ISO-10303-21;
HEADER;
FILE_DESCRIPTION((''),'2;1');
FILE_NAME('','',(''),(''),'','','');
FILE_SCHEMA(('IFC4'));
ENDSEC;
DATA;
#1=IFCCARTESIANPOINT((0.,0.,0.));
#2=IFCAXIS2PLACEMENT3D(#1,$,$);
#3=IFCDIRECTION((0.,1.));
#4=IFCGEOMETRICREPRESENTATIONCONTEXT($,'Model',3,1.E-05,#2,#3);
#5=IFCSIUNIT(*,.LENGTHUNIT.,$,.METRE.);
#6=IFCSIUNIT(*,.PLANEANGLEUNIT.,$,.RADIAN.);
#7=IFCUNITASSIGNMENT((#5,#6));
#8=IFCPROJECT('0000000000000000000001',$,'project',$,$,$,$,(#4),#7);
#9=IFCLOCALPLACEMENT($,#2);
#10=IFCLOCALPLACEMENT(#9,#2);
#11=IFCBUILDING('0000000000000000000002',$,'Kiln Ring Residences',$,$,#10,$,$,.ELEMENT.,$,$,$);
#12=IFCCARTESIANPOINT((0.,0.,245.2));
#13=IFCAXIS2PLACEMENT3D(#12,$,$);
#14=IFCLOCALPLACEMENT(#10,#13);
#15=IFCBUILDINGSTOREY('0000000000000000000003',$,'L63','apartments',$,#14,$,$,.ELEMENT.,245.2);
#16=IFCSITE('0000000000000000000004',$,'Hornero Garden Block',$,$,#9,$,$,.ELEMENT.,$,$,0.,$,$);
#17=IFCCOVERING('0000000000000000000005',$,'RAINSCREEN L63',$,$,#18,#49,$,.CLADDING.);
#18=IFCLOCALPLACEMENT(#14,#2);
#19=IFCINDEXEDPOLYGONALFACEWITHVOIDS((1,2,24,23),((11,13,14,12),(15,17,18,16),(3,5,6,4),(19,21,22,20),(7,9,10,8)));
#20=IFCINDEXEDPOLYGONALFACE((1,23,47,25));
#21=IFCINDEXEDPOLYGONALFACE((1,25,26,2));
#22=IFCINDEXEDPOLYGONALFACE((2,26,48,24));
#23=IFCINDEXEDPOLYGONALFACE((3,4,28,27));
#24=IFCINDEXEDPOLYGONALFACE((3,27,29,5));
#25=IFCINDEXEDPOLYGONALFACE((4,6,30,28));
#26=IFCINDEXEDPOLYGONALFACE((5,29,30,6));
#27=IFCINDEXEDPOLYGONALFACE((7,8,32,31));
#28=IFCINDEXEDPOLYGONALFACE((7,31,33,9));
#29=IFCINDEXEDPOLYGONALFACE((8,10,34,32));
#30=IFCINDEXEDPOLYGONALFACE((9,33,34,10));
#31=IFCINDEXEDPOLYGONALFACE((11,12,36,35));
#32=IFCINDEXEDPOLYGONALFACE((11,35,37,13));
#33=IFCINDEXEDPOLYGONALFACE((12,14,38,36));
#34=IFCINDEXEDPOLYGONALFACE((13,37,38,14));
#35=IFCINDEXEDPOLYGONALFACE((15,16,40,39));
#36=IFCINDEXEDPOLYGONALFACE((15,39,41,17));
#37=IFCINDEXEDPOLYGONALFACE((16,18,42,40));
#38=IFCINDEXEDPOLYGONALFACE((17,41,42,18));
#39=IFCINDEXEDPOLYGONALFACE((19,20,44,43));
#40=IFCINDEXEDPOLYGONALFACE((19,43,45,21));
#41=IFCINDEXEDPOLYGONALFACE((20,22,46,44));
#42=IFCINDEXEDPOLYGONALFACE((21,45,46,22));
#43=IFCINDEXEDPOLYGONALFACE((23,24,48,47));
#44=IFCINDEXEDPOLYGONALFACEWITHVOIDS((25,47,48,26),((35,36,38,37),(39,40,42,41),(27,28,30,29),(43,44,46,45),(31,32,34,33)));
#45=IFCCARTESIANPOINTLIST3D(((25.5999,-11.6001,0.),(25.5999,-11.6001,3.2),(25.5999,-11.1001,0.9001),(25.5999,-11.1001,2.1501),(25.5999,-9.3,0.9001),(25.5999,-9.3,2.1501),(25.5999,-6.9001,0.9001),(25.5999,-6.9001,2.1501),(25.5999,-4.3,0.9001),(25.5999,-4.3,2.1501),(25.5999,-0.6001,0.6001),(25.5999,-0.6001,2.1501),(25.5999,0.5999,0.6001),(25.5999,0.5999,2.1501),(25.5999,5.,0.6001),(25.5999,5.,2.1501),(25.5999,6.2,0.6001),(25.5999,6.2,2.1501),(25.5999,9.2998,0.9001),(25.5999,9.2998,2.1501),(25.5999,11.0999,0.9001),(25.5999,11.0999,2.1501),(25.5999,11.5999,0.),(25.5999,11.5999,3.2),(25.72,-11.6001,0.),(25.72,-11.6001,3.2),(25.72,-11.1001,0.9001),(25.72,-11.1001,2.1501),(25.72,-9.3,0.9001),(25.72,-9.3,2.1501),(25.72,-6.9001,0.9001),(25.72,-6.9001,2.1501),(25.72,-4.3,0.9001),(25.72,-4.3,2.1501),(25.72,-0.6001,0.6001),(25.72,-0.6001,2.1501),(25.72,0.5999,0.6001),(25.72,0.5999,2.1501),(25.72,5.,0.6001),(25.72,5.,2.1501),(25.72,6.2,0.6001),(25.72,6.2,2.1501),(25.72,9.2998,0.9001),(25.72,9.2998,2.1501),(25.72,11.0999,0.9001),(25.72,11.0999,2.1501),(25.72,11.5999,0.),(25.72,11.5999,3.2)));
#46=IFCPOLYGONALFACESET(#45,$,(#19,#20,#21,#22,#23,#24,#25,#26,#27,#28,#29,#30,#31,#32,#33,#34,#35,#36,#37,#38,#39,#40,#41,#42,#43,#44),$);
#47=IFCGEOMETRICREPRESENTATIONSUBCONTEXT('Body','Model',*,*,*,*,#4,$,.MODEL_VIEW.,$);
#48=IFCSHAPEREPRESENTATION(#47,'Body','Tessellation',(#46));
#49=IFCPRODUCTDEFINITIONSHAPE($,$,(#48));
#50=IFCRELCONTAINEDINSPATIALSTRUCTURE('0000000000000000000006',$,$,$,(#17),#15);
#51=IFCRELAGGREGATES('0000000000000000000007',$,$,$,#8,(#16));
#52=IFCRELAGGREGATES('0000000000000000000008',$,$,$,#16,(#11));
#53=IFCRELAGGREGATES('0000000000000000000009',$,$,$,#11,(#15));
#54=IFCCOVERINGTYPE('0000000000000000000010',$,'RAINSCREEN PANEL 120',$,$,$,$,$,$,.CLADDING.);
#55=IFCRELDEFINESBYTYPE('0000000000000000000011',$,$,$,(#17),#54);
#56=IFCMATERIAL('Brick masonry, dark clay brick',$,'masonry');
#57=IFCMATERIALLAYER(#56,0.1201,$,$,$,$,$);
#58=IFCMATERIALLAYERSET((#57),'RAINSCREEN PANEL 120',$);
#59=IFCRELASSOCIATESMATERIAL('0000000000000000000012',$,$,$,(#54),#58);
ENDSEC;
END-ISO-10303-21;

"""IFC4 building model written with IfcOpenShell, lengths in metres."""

from ifc_helpers import new_model, si_unit, direction, frame, origin, place, context, subcontext, project, spatial, polyline, outline, extrude, material, layer, layer_set, type_object, element, save


model = new_model("IFC4")

# Units and contexts
model_context = context("Model", 3, precision=1e-05, world=origin(), true_north=direction((0.0, 1.0)))
body_context = subcontext(model_context, "Body", "Model", "MODEL_VIEW")
ifc_project = project(units=[si_unit("LENGTHUNIT", "METRE"), si_unit("PLANEANGLEUNIT", "RADIAN")], contexts=[model_context])

# Site, building, storey
site_placement = place(None, origin())
site = spatial("IfcSite", under=ifc_project, at=site_placement, Name="Hornero Garden Block", CompositionType="ELEMENT", RefElevation=0.0)
building_placement = place(site_placement, origin())
building = spatial("IfcBuilding", under=site, at=building_placement, Name="Kiln Ring Residences", CompositionType="ELEMENT")
storey_placement = place(building_placement, frame((0.0, 0.0, 245.2)))
storey = spatial("IfcBuildingStorey", under=building, at=storey_placement, Name="L63", Description="apartments", CompositionType="ELEMENT", Elevation=245.2)

# Covering
ifc_material_1 = material(Name="Brick masonry, dark clay brick", Category="masonry")
ifc_layer_1 = layer(ifc_material_1, 0.1201)
ifc_layer_set_1 = layer_set([ifc_layer_1], Name="RAINSCREEN PANEL 120")
covering_type_1 = type_object("IfcCoveringType", Name="RAINSCREEN PANEL 120", PredefinedType="CLADDING", material=ifc_layer_set_1)
covering_1_placement = place(storey_placement, frame((25.6599, -11.6001, 0.0), z_axis=(0.0, 0.0, 1.0), x_axis=(0.0, 1.0, 0.0)))
element("IfcCovering", 1, at=covering_1_placement, inside=storey, type_object=covering_type_1, Name="RAINSCREEN L63", PredefinedType="CLADDING", context=body_context, shape_type="SweptSolid", body=[
    extrude(outline(polyline([(0.0, 0.0), (23.2, 0.0), (23.2, 3.2), (0.0, 3.2), (0.0, 0.0)]), holes=[polyline([(12.2, 0.6001), (12.2, 2.1501), (11.0, 2.1501), (11.0, 0.6001), (12.2, 0.6001)]), polyline([(17.8, 0.6001), (17.8, 2.1501), (16.6001, 2.1501), (16.6001, 0.6001), (17.8, 0.6001)]), polyline([(2.3, 0.9001), (2.3, 2.1501), (0.5, 2.1501), (0.5, 0.9001), (2.3, 0.9001)]), polyline([(4.7, 0.9001), (7.3, 0.9001), (7.3, 2.1501), (4.7, 2.1501), (4.7, 0.9001)]), polyline([(20.8999, 0.9001), (22.7, 0.9001), (22.7, 2.1501), (20.8999, 2.1501), (20.8999, 0.9001)])]), frame((0.0, 0.0601, 0.0), z_axis=(0.0, -1.0, 0.0), x_axis=(1.0, 0.0, 0.0)), (0.0, 0.0, 1.0), 0.1201),
])

save(model, "model.ifc")
